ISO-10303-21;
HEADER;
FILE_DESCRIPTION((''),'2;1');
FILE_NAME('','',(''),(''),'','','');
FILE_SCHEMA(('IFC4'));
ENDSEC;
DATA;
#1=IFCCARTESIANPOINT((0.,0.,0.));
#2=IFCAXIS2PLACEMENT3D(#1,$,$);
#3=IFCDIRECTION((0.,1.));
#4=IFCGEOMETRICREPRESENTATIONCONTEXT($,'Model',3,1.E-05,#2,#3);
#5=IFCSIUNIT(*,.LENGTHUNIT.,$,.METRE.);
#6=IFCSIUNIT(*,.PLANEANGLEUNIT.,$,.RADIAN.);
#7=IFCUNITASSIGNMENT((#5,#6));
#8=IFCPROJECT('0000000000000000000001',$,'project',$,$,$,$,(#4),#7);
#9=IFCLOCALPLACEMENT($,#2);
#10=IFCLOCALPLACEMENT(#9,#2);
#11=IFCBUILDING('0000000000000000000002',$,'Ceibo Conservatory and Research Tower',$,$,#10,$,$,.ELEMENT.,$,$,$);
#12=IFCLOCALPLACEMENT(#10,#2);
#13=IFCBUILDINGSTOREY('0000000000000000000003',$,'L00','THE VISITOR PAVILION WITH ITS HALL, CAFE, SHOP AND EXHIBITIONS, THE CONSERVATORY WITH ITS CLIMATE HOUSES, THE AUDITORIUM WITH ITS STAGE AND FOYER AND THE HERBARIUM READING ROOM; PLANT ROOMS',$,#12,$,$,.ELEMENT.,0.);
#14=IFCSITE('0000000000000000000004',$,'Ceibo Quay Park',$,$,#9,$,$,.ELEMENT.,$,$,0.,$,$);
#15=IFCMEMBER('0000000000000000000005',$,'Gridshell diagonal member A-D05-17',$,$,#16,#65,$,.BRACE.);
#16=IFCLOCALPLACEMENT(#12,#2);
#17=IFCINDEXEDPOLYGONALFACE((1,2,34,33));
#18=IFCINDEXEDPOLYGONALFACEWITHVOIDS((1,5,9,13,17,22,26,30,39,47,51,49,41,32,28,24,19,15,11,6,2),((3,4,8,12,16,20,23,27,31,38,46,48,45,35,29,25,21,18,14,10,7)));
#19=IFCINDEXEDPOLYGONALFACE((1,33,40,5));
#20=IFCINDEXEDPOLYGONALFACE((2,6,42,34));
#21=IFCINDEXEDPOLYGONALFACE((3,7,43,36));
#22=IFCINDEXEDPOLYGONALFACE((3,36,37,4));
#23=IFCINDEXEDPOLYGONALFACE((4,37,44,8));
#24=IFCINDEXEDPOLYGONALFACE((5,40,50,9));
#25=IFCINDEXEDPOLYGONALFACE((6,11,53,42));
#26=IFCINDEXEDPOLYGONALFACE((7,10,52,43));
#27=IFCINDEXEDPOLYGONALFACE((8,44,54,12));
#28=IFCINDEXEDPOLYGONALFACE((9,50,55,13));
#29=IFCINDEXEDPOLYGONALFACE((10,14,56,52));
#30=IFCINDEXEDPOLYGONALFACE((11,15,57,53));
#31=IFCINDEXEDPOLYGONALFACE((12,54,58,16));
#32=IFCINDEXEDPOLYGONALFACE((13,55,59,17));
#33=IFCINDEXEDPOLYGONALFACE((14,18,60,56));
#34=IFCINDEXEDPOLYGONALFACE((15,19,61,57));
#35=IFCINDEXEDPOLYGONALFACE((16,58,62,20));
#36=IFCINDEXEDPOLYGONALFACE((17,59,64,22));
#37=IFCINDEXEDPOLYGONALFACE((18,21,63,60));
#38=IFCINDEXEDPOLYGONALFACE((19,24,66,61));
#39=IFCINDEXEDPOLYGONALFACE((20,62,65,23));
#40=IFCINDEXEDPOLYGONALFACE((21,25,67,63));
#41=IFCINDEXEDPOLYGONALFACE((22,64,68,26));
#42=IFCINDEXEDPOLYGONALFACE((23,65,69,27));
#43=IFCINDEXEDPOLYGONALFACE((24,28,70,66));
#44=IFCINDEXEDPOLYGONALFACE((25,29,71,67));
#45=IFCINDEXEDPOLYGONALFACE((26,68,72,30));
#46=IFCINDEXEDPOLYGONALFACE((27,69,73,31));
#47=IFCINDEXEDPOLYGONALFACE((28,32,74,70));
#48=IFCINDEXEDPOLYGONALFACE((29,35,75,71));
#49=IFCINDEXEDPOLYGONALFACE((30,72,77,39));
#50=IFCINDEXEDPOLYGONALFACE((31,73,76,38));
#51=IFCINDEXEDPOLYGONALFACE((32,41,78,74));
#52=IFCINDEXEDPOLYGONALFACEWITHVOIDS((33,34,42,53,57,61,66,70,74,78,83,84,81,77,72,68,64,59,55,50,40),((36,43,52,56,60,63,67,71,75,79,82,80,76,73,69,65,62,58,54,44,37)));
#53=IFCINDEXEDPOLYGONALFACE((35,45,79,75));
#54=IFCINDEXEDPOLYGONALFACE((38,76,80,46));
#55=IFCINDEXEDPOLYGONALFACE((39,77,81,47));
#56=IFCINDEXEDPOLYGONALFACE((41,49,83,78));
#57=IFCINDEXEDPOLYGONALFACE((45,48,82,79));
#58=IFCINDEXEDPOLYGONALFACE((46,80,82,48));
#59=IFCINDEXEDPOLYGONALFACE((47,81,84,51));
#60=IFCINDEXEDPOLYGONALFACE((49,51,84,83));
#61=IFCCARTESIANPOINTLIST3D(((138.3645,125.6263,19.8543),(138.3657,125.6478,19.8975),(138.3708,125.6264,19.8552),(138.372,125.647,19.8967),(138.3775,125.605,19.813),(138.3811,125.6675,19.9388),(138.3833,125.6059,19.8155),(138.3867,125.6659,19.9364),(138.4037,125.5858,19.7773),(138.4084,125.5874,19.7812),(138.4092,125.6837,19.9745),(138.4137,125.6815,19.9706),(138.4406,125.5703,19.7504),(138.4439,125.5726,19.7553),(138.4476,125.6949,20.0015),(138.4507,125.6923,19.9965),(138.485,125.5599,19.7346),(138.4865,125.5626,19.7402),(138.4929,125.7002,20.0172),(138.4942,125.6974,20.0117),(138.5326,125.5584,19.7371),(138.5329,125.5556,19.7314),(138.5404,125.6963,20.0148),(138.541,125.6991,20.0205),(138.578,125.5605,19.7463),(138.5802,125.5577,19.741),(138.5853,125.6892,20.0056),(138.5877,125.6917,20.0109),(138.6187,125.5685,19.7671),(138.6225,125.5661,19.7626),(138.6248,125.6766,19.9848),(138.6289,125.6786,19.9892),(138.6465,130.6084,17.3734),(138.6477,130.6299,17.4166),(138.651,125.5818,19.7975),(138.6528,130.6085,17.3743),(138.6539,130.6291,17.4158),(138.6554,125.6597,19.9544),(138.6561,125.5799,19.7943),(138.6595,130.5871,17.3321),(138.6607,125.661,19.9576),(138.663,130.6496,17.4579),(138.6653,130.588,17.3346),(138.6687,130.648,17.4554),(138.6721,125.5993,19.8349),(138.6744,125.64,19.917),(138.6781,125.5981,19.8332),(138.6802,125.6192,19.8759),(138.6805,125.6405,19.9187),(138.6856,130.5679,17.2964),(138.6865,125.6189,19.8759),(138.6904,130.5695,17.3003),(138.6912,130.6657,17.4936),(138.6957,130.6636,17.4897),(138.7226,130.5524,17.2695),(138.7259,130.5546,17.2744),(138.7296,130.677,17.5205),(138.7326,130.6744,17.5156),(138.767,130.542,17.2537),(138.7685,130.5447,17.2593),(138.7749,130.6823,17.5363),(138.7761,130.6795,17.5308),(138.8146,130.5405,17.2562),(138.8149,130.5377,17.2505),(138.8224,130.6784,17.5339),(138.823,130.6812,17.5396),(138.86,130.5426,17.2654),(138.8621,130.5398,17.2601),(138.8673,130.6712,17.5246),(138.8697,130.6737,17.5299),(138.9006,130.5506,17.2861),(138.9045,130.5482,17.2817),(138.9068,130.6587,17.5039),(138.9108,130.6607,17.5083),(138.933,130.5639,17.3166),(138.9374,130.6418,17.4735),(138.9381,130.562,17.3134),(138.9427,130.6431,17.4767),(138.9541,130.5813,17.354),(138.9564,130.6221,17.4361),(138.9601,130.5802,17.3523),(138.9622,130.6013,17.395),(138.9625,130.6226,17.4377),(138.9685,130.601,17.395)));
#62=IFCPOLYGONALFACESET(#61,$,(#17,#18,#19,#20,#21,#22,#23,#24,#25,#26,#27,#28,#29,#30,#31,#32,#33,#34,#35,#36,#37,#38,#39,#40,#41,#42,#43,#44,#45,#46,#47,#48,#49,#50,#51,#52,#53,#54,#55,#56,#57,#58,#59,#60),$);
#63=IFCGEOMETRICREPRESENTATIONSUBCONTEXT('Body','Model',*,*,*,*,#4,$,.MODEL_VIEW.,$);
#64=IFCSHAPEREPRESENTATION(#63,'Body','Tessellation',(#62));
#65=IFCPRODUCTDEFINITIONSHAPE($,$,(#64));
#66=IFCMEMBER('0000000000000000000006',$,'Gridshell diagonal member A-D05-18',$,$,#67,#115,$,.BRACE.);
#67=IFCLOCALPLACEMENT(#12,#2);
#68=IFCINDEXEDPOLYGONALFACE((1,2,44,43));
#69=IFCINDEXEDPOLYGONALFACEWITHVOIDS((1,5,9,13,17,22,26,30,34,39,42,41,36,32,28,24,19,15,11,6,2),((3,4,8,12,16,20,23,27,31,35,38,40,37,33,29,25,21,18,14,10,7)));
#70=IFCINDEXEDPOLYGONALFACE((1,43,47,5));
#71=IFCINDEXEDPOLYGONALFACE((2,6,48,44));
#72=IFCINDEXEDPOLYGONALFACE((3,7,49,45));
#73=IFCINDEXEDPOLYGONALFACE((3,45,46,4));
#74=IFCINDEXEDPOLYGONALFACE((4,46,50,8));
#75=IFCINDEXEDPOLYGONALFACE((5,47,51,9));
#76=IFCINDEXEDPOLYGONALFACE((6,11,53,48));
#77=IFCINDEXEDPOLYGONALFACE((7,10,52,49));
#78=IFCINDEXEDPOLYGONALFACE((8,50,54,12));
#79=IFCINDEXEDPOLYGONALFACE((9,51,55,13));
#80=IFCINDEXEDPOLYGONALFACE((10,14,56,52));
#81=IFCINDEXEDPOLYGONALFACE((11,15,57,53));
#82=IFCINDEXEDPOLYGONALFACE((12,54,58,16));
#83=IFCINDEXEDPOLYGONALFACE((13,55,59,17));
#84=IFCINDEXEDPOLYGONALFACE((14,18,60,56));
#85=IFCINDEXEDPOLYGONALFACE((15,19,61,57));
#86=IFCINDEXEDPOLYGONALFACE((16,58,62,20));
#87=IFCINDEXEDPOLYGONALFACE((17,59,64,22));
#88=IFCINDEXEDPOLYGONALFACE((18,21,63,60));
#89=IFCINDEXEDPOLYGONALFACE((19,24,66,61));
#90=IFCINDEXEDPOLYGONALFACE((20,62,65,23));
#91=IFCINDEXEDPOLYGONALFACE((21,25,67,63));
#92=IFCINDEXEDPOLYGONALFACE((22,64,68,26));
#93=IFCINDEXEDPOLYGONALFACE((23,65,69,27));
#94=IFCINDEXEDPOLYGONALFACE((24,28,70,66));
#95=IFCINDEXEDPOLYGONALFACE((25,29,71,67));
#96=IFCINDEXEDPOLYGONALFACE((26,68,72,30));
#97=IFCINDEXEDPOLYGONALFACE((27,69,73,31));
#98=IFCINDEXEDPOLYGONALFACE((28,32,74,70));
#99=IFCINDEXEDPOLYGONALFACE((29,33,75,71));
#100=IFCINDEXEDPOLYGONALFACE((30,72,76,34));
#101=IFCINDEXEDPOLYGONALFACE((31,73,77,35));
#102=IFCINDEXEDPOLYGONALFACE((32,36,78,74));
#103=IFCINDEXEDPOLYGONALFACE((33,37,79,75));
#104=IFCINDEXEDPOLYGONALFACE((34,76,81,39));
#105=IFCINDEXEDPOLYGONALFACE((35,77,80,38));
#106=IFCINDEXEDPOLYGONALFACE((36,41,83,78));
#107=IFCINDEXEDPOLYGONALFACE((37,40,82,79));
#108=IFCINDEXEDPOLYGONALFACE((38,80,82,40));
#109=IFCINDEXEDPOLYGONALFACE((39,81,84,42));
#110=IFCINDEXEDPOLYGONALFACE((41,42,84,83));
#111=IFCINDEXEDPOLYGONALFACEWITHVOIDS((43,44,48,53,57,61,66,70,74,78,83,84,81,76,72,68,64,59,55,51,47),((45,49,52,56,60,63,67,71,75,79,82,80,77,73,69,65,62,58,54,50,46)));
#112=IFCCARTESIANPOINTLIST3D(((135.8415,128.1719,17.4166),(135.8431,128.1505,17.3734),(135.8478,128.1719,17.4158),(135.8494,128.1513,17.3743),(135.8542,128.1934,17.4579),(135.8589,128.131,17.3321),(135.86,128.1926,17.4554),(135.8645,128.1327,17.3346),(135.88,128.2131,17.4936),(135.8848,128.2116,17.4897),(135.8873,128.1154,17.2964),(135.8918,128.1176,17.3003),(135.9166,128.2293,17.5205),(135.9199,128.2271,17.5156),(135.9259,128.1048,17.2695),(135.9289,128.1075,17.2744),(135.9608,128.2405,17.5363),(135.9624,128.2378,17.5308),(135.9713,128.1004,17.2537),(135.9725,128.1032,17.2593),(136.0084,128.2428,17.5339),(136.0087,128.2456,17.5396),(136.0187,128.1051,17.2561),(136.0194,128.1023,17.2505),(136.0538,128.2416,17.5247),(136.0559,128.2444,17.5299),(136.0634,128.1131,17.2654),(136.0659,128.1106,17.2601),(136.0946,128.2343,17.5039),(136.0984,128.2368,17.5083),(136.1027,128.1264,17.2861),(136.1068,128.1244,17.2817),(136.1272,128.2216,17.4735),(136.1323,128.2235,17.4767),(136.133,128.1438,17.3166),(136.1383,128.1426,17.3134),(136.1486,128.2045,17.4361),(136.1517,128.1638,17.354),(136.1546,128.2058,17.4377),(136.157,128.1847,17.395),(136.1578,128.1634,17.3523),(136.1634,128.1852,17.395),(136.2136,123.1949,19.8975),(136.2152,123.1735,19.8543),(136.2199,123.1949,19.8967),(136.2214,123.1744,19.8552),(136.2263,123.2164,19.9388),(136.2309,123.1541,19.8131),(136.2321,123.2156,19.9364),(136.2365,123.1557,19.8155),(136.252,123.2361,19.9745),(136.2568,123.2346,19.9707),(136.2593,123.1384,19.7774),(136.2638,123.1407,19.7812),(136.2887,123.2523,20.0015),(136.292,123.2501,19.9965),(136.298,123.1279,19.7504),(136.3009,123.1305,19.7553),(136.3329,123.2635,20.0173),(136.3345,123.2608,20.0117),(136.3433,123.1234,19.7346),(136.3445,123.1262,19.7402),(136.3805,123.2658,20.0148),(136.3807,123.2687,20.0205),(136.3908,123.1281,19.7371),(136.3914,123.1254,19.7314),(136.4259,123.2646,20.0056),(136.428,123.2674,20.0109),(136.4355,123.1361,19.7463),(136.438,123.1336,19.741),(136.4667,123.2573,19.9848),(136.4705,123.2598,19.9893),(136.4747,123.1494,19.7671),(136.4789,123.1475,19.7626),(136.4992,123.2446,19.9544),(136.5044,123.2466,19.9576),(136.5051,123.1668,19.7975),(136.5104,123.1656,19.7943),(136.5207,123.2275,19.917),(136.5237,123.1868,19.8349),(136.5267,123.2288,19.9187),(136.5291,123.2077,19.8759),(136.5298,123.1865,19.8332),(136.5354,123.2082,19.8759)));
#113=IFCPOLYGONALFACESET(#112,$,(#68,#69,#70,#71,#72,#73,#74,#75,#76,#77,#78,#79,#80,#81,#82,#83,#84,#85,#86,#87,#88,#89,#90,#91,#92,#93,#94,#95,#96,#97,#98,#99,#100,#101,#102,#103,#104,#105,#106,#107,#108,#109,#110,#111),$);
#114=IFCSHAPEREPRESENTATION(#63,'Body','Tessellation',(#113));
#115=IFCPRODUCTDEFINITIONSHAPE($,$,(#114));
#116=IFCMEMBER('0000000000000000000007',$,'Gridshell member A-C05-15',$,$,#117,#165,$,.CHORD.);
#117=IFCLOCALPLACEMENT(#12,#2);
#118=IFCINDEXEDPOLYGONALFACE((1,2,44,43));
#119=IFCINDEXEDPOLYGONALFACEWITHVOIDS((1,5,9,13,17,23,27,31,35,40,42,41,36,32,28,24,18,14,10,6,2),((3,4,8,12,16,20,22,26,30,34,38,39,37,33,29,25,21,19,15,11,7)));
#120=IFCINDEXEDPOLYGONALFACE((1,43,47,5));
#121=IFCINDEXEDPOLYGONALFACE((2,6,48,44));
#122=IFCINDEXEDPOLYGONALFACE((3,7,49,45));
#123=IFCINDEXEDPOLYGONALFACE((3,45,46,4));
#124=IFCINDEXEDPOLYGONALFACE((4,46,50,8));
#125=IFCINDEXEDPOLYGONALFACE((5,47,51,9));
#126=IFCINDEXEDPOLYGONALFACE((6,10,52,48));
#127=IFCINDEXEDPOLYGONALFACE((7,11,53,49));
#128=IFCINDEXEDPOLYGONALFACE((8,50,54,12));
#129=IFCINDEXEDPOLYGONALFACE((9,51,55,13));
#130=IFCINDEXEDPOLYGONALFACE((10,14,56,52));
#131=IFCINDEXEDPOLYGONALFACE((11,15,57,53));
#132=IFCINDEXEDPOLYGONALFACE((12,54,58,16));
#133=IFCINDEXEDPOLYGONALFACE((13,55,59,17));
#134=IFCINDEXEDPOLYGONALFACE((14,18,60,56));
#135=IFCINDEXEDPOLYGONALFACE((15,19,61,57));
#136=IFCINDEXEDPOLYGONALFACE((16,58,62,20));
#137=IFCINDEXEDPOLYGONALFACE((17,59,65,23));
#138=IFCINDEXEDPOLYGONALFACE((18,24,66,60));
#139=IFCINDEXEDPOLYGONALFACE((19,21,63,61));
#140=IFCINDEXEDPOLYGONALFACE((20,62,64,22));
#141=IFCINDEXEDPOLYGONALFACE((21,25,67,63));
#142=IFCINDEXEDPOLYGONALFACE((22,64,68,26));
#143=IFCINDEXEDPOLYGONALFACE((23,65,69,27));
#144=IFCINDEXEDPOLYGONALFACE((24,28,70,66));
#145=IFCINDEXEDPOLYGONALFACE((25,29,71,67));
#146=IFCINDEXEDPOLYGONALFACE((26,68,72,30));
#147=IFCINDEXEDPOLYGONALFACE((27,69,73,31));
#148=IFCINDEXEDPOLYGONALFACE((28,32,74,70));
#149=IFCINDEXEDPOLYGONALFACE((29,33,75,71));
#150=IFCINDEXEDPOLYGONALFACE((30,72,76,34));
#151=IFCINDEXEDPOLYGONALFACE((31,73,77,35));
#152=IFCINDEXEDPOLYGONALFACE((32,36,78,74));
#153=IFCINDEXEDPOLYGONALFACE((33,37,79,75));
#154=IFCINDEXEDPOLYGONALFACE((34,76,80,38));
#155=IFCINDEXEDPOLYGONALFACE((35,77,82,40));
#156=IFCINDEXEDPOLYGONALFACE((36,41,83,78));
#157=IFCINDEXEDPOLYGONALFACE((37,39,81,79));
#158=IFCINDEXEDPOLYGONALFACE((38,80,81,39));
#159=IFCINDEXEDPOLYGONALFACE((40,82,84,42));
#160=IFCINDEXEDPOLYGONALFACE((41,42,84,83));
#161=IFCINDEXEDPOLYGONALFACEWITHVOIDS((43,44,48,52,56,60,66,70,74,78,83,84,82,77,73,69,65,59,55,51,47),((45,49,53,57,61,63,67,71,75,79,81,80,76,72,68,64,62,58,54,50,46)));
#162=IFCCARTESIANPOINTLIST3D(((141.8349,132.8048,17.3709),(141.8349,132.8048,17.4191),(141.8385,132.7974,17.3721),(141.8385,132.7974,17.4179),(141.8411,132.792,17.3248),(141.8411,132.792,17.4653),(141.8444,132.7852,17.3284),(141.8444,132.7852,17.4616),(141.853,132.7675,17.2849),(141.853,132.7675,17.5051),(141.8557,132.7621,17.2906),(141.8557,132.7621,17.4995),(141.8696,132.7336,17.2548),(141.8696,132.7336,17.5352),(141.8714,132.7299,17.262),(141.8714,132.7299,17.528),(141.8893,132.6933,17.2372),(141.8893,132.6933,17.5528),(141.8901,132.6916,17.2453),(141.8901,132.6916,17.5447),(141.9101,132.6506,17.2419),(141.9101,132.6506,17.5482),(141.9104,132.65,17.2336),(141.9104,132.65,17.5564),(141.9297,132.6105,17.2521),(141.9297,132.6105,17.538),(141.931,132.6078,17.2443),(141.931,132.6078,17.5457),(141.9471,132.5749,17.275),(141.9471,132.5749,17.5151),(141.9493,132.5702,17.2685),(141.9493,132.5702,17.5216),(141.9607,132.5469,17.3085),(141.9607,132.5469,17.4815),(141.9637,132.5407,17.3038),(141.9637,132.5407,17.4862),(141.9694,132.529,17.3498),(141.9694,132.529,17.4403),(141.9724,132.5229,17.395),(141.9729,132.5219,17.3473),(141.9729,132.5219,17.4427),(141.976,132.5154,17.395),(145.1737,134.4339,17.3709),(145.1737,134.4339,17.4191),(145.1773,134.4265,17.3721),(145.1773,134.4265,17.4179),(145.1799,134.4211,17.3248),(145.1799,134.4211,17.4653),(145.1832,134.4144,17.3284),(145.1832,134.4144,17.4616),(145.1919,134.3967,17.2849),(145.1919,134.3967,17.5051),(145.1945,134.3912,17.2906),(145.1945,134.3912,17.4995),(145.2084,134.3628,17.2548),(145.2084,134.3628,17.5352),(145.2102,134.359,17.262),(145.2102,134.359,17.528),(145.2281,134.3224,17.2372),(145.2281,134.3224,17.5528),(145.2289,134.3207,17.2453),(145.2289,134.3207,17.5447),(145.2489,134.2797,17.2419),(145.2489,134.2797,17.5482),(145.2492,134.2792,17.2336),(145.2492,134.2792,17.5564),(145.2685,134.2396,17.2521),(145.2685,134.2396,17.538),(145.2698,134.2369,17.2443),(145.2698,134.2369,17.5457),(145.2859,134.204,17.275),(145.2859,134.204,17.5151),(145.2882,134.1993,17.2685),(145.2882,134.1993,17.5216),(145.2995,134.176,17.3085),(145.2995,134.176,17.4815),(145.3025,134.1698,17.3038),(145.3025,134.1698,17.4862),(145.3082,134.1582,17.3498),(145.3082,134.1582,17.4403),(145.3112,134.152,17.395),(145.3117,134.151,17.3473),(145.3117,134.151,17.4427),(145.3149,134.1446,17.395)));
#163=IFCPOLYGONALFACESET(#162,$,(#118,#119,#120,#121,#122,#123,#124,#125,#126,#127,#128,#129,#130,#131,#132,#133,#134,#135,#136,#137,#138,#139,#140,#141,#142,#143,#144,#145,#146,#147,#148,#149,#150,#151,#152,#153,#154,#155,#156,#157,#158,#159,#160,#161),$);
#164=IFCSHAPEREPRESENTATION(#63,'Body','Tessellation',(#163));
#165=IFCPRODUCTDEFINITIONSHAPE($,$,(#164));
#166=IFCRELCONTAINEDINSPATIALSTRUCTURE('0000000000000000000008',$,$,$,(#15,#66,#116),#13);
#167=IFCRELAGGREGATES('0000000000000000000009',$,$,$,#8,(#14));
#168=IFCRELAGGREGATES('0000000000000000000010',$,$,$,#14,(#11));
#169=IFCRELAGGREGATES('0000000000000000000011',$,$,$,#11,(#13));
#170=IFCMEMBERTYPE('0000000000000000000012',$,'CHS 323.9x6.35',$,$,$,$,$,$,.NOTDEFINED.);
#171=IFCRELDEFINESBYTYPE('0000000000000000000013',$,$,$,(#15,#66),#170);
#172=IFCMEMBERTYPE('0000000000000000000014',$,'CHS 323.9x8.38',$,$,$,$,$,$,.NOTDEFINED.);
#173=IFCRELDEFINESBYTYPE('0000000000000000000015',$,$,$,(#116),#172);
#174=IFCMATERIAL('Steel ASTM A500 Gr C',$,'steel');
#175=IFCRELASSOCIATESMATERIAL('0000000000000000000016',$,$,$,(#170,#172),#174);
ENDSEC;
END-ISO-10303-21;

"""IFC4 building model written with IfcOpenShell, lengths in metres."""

from ifc_helpers import new_model, si_unit, direction, frame, origin, origin_2d, place, context, subcontext, project, spatial, hollow_circle, extrude, material, material_profile, profile_set, type_object, element, save


model = new_model("IFC4")

# Units and contexts
model_context = context("Model", 3, precision=1e-05, world=origin(), true_north=direction((0.0, 1.0)))
body_context = subcontext(model_context, "Body", "Model", "MODEL_VIEW")
ifc_project = project(units=[si_unit("LENGTHUNIT", "METRE"), si_unit("PLANEANGLEUNIT", "RADIAN")], contexts=[model_context])

# Site, building, storey
site_placement = place(None, origin())
site = spatial("IfcSite", under=ifc_project, at=site_placement, Name="Ceibo Quay Park", CompositionType="ELEMENT", RefElevation=0.0)
building_placement = place(site_placement, origin())
building = spatial("IfcBuilding", under=site, at=building_placement, Name="Ceibo Conservatory and Research Tower", CompositionType="ELEMENT")
storey_placement = place(building_placement, origin())
storey = spatial("IfcBuildingStorey", under=building, at=storey_placement, Name="L00", Description="THE VISITOR PAVILION WITH ITS HALL, CAFE, SHOP AND EXHIBITIONS, THE CONSERVATORY WITH ITS CLIMATE HOUSES, THE AUDITORIUM WITH ITS STAGE AND FOYER AND THE HERBARIUM READING ROOM; PLANT ROOMS", CompositionType="ELEMENT", Elevation=0.0)

# Members
ifc_material_1 = material(Name="Steel ASTM A500 Gr C", Category="steel")
ifc_material_profile_1 = material_profile(ifc_material_1, hollow_circle(Radius=0.1619, WallThickness=0.0063, at=origin_2d()), Name="CHS 323.9x6.35")
ifc_profile_set_1 = profile_set([ifc_material_profile_1], Name="Steel ASTM A500 Gr C")
member_type_1 = type_object("IfcMemberType", Name="CHS 323.9x6.35", PredefinedType="NOTDEFINED", material=ifc_profile_set_1)
member_1_placement = place(storey_placement, frame((138.8069, 130.6101, 17.395), z_axis=(-0.050599, -0.894008, 0.445186), x_axis=(0.998402, -0.056508, 0.0)))
element("IfcMember", 1, at=member_1_placement, inside=storey, type_object=member_type_1, Name="Gridshell diagonal member A-D05-17", PredefinedType="BRACE", context=body_context, shape_type="SweptSolid", body=[
    extrude(hollow_circle(Radius=0.1619, WallThickness=0.0063, at=origin_2d()), origin(), (0.0, 0.0, 1.0), 5.5728),
])
member_2_placement = place(storey_placement, frame((136.002, 128.1731, 17.395), z_axis=(0.066756, -0.892975, 0.445129), x_axis=(0.997217, 0.074549, 0.0)))
element("IfcMember", 2, at=member_2_placement, inside=storey, type_object=member_type_1, Name="Gridshell diagonal member A-D05-18", PredefinedType="BRACE", context=body_context, shape_type="SweptSolid", body=[
    extrude(hollow_circle(Radius=0.1619, WallThickness=0.0063, at=origin_2d()), origin(), (0.0, 0.0, 1.0), 5.5735),
])
ifc_material_profile_2 = material_profile(ifc_material_1, hollow_circle(Radius=0.1619, WallThickness=0.0083, at=origin_2d()), Name="CHS 323.9x8.38")
ifc_profile_set_2 = profile_set([ifc_material_profile_2], Name="Steel ASTM A500 Gr C")
member_type_2 = type_object("IfcMemberType", Name="CHS 323.9x8.38", PredefinedType="NOTDEFINED", material=ifc_profile_set_2)
member_3_placement = place(storey_placement, frame((145.2439, 134.29, 17.395), z_axis=(-0.898722, -0.438518, 0.0), x_axis=(0.438518, -0.898722, 0.0)))
element("IfcMember", 3, at=member_3_placement, inside=storey, type_object=member_type_2, Name="Gridshell member A-C05-15", PredefinedType="CHORD", context=body_context, shape_type="SweptSolid", body=[
    extrude(hollow_circle(Radius=0.1619, WallThickness=0.0083, at=origin_2d()), origin(), (0.0, 0.0, 1.0), 3.7151),
])

save(model, "model.ifc")
